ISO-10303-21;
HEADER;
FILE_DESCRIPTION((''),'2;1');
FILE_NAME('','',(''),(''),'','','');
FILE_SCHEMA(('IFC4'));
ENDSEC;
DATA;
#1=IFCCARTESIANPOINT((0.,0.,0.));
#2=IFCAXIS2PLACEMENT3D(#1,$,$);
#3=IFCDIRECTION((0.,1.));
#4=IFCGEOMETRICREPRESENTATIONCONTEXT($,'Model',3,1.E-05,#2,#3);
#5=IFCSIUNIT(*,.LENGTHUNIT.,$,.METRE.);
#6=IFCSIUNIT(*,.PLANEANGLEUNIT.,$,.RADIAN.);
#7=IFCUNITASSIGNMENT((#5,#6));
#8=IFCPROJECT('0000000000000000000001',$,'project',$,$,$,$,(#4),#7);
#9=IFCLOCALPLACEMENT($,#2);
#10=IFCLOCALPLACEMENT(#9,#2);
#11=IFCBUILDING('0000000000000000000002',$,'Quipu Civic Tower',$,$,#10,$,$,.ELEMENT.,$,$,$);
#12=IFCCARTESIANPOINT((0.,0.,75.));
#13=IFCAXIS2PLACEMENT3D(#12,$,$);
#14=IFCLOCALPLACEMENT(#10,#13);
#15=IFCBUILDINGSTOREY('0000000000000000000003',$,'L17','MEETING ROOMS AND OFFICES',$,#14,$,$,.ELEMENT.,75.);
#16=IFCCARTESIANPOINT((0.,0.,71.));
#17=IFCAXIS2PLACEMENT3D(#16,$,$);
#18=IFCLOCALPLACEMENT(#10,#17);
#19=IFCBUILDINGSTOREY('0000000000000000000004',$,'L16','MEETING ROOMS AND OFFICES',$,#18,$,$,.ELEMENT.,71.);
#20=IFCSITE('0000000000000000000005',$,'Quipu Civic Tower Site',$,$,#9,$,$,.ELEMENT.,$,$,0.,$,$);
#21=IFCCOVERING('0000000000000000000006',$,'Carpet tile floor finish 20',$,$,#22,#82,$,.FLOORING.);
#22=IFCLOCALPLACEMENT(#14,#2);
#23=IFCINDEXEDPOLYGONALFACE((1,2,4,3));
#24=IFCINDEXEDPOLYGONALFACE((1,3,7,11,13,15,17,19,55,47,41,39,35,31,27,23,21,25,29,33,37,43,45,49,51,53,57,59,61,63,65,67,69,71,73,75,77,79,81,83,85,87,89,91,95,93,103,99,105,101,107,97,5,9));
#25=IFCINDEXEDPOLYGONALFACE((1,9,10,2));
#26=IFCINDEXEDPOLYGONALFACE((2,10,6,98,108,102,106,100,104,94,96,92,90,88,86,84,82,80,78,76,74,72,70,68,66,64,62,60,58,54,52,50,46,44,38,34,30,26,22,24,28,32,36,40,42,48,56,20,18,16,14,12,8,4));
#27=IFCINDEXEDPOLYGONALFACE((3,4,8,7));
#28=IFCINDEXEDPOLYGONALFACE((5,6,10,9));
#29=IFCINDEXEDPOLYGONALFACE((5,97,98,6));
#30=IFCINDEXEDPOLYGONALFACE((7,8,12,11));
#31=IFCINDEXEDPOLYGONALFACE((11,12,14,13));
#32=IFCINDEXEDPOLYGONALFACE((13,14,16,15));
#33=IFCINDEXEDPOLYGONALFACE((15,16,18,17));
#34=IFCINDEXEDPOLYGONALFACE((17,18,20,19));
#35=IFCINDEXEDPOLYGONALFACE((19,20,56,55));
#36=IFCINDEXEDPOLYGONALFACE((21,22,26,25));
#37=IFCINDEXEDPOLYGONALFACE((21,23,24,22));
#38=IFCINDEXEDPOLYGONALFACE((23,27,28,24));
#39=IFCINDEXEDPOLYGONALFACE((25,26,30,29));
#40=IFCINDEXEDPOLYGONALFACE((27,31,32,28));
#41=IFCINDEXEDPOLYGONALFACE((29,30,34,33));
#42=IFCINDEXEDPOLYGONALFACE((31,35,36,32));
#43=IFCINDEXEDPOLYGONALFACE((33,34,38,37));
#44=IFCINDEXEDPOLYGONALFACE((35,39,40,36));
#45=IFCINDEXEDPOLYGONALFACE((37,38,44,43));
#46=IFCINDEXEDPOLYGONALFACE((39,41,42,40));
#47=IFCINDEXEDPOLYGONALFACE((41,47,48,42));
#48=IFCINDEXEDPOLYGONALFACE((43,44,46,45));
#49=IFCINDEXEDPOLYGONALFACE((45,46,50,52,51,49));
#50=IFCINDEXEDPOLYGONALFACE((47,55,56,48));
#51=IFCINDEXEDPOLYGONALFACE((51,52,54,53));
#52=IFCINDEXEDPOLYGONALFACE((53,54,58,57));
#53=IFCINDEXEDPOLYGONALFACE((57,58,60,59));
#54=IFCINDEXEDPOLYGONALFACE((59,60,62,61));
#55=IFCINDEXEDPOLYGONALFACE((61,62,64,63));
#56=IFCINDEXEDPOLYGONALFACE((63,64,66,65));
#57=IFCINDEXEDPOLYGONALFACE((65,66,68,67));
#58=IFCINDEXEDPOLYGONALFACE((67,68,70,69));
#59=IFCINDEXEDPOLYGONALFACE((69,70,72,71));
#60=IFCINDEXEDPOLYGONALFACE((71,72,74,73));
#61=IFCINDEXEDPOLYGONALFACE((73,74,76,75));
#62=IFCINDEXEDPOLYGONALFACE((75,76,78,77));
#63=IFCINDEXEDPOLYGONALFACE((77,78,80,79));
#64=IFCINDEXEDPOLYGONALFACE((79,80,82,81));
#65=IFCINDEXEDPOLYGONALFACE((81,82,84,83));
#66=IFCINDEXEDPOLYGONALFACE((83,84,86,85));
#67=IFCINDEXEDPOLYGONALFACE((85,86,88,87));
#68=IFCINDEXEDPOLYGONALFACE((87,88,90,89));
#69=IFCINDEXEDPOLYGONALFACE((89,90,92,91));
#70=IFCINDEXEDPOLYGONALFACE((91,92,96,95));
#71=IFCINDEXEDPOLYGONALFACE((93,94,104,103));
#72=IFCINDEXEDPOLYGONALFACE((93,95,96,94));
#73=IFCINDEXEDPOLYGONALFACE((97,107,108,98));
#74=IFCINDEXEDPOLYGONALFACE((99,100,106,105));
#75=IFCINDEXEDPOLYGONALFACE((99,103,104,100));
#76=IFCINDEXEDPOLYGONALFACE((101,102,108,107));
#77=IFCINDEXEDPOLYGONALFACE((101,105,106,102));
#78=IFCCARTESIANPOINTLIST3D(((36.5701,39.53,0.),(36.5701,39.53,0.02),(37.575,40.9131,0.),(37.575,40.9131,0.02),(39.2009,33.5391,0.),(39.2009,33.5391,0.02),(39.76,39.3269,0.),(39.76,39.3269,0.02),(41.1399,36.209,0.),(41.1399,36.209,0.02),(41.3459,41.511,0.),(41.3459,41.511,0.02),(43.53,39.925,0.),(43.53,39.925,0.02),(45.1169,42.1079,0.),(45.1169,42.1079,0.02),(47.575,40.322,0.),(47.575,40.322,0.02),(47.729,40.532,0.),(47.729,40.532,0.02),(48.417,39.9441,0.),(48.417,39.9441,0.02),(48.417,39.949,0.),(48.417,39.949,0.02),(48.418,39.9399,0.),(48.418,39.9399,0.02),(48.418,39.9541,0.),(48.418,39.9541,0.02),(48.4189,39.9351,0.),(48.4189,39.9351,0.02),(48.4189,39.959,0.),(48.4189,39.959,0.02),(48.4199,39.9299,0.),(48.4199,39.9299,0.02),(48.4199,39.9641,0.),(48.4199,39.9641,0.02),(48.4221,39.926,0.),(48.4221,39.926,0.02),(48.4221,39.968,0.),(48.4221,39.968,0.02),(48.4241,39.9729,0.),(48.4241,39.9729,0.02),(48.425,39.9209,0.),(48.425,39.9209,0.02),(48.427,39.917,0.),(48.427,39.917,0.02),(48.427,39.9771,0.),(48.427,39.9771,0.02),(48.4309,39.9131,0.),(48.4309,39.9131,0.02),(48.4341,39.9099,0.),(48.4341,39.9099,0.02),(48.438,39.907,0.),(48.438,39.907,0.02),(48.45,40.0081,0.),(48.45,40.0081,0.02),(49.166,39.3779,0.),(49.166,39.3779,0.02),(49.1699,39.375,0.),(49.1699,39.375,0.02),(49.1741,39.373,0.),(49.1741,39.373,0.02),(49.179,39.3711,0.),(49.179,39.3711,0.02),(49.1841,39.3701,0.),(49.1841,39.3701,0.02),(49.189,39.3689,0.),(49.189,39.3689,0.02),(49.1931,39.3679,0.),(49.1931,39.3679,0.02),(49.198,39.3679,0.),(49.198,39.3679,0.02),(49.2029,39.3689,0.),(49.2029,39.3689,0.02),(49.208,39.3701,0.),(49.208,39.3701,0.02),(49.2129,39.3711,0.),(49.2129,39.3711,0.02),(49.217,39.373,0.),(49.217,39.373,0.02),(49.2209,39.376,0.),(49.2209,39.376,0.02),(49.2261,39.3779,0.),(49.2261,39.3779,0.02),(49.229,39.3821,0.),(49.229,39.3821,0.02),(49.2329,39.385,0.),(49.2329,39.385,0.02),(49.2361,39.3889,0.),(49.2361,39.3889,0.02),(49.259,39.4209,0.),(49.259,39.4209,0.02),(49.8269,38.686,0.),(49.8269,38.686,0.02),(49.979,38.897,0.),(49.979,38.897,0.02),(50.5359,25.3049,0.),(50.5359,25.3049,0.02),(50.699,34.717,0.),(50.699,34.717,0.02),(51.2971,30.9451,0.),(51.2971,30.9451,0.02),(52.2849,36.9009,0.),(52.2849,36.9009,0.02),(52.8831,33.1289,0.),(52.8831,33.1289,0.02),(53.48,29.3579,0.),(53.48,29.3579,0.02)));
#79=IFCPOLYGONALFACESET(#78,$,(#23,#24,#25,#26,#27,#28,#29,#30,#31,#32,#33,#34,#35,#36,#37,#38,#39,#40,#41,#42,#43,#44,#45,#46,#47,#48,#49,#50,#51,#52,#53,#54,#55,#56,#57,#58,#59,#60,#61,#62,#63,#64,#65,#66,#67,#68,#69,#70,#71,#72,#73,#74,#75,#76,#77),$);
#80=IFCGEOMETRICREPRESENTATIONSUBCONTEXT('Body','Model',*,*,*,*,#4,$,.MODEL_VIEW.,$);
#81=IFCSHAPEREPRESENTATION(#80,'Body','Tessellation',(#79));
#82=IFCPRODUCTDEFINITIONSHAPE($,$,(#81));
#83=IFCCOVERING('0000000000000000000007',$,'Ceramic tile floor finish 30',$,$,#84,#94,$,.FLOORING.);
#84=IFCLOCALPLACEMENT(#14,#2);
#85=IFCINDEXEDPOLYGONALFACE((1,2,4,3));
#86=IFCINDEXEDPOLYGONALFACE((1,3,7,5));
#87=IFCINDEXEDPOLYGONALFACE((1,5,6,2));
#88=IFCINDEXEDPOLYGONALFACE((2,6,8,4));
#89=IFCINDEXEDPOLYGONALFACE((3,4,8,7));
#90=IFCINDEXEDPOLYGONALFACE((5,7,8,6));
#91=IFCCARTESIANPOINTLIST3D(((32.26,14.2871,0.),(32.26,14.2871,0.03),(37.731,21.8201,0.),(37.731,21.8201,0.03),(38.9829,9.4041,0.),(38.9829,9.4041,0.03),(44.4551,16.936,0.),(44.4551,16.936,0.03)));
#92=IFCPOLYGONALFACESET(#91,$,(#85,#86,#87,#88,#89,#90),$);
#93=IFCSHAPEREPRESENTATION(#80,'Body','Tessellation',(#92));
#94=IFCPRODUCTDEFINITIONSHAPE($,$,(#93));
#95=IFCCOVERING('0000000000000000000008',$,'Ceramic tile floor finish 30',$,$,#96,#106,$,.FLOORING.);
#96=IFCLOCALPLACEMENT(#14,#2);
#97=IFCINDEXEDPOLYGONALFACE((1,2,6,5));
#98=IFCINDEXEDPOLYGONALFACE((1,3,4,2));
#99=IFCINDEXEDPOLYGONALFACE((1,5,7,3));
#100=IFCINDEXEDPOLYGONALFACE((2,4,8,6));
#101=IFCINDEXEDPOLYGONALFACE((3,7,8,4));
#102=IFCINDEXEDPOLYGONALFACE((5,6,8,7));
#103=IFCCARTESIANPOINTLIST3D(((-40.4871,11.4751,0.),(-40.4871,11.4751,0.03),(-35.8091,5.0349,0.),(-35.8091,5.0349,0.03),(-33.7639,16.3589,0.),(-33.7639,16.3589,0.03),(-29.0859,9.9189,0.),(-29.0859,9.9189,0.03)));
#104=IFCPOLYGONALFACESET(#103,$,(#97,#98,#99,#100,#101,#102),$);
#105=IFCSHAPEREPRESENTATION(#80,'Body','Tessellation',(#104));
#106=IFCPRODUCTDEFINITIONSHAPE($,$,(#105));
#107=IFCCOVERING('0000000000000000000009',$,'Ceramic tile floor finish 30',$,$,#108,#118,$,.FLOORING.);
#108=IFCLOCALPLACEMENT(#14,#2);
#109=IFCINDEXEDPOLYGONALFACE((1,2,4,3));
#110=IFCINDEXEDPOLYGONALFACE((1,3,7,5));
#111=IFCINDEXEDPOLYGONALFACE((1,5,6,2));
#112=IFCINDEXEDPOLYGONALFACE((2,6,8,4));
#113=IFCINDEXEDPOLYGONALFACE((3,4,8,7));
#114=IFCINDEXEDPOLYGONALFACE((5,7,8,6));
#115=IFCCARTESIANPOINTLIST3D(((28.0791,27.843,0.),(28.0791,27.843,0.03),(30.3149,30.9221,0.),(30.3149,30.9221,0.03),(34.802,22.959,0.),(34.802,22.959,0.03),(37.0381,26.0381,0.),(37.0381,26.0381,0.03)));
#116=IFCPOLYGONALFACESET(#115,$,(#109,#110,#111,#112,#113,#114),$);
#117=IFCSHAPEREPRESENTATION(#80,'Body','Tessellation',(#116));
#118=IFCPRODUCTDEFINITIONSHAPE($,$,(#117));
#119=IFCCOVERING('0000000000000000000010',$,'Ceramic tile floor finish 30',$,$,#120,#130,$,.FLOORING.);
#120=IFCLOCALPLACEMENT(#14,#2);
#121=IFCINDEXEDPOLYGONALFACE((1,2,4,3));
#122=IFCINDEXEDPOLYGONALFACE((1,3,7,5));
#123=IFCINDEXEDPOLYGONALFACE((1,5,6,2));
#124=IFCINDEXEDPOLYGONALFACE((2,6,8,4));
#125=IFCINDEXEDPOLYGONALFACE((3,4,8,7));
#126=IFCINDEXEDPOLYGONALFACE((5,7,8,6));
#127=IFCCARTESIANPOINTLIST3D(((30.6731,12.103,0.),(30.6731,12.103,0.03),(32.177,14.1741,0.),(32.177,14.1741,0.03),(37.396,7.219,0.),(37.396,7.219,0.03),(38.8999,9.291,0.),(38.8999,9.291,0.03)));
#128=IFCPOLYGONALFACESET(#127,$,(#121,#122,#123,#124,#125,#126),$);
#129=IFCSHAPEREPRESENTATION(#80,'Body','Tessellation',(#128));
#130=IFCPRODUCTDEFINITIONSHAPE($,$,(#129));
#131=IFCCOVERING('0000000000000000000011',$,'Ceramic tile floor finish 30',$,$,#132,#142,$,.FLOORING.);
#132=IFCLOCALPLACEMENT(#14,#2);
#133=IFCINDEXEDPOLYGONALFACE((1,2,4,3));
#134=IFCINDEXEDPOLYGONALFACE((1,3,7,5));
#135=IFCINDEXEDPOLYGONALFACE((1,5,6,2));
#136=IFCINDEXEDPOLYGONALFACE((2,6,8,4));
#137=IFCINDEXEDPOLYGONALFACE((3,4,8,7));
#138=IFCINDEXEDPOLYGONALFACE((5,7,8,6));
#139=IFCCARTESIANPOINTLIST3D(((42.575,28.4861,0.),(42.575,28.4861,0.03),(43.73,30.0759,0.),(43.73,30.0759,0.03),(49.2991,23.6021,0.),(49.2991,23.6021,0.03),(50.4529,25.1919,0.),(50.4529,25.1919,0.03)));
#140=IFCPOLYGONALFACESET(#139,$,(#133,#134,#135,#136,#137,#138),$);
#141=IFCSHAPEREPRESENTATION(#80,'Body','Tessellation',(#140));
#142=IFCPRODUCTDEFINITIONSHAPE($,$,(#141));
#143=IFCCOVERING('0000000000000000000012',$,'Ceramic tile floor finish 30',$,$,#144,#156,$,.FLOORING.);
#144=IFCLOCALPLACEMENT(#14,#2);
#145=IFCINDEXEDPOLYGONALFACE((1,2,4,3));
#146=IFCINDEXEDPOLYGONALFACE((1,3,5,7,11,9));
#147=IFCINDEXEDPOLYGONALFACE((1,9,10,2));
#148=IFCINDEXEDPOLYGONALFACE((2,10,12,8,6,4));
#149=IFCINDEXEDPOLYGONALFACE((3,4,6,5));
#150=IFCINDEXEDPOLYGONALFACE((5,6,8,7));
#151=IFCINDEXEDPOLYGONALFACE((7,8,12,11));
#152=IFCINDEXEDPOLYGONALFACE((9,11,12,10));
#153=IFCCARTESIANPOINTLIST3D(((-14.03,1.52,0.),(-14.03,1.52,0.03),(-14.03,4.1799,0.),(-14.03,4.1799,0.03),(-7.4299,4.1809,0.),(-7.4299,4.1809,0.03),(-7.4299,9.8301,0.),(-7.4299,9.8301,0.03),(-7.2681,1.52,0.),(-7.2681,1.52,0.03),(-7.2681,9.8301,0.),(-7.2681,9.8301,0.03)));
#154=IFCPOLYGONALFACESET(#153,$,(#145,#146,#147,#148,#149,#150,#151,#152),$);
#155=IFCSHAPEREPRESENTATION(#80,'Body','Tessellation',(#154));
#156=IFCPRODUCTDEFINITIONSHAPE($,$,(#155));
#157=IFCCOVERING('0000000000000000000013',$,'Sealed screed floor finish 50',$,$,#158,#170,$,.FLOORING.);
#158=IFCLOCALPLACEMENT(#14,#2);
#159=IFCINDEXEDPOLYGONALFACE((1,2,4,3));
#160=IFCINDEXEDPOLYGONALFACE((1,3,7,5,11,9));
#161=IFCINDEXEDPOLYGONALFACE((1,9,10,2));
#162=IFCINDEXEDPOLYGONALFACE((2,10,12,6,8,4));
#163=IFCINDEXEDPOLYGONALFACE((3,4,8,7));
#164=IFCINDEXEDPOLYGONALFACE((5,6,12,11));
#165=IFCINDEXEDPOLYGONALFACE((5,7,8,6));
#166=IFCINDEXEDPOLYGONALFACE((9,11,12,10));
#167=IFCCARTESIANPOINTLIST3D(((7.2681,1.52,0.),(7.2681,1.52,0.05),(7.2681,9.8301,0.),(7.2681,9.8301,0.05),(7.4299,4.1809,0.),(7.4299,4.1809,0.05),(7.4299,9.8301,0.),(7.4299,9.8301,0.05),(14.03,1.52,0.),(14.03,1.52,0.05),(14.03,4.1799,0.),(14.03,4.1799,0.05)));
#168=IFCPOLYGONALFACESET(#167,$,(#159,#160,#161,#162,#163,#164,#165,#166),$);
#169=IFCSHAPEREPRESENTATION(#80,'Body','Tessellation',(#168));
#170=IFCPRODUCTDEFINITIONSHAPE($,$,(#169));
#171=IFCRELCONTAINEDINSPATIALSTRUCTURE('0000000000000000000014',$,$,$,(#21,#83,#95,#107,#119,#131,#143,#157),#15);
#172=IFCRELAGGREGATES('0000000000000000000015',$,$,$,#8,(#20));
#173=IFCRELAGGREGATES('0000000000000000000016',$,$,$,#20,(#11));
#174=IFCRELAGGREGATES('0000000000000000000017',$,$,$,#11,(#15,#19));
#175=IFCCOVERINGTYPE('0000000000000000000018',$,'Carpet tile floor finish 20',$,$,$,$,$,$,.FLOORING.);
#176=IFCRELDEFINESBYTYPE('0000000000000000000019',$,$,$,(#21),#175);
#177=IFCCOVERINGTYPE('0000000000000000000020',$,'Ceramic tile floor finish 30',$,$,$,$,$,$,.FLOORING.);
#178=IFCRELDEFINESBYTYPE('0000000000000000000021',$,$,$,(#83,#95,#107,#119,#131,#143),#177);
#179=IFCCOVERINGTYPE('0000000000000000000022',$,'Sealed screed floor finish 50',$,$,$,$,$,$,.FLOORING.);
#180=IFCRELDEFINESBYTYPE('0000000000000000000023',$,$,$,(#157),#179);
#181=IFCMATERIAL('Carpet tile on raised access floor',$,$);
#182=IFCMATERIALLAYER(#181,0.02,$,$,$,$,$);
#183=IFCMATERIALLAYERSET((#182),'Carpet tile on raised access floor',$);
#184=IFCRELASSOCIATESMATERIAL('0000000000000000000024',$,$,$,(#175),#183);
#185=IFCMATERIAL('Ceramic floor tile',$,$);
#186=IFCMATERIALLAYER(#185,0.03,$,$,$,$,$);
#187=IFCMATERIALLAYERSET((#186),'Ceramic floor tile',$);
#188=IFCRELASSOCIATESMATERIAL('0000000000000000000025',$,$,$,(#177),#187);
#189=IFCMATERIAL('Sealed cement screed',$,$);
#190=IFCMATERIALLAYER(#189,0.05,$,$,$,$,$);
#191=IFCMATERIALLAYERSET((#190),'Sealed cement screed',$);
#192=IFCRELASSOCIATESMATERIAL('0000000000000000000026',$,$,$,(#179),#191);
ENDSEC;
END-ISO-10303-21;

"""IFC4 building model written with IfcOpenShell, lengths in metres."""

from ifc_helpers import new_model, si_unit, direction, frame, origin, place, context, subcontext, project, spatial, polyline, outline, extrude, material, layer, layer_set, type_object, element, save


model = new_model("IFC4")

# Units and contexts
model_context = context("Model", 3, precision=1e-05, world=origin(), true_north=direction((0.0, 1.0)))
body_context = subcontext(model_context, "Body", "Model", "MODEL_VIEW")
ifc_project = project(units=[si_unit("LENGTHUNIT", "METRE"), si_unit("PLANEANGLEUNIT", "RADIAN")], contexts=[model_context])

# Site, building, storey
site_placement = place(None, origin())
site = spatial("IfcSite", under=ifc_project, at=site_placement, Name="Quipu Civic Tower Site", CompositionType="ELEMENT", RefElevation=0.0)
building_placement = place(site_placement, origin())
building = spatial("IfcBuilding", under=site, at=building_placement, Name="Quipu Civic Tower", CompositionType="ELEMENT")
storey_1_placement = place(building_placement, frame((0.0, 0.0, 75.0)))
storey_1 = spatial("IfcBuildingStorey", under=building, at=storey_1_placement, Name="L17", Description="MEETING ROOMS AND OFFICES", CompositionType="ELEMENT", Elevation=75.0)

# Shared definitions
storey_2_placement = place(building_placement, frame((0.0, 0.0, 71.0)))
storey_2 = spatial("IfcBuildingStorey", under=building, at=storey_2_placement, Name="L16", Description="MEETING ROOMS AND OFFICES", CompositionType="ELEMENT", Elevation=71.0)

# Coverings
ifc_material_1 = material(Name="Carpet tile on raised access floor")
ifc_layer_1 = layer(ifc_material_1, 0.02)
ifc_layer_set_1 = layer_set([ifc_layer_1], Name="Carpet tile on raised access floor")
covering_type_1 = type_object("IfcCoveringType", Name="Carpet tile floor finish 20", PredefinedType="FLOORING", material=ifc_layer_set_1)
covering_1_placement = place(storey_1_placement, origin())
element("IfcCovering", 1, at=covering_1_placement, inside=storey_1, type_object=covering_type_1, Name="Carpet tile floor finish 20", PredefinedType="FLOORING", context=body_context, shape_type="SweptSolid", body=[
    extrude(outline(polyline([(36.5701, 39.53), (37.575, 40.9131), (39.76, 39.3269), (41.3459, 41.511), (43.53, 39.925), (45.1169, 42.1079), (47.575, 40.322), (47.729, 40.532), (48.45, 40.0081), (48.427, 39.9771), (48.4241, 39.9729), (48.4221, 39.968), (48.4199, 39.9641), (48.4189, 39.959), (48.418, 39.9541), (48.417, 39.949), (48.417, 39.9441), (48.418, 39.9399), (48.4189, 39.9351), (48.4199, 39.9299), (48.4221, 39.926), (48.425, 39.9209), (48.427, 39.917), (48.4309, 39.9131), (48.4341, 39.9099), (48.438, 39.907), (49.166, 39.3779), (49.1699, 39.375), (49.1741, 39.373), (49.179, 39.3711), (49.1841, 39.3701), (49.189, 39.3689), (49.1931, 39.3679), (49.198, 39.3679), (49.2029, 39.3689), (49.208, 39.3701), (49.2129, 39.3711), (49.217, 39.373), (49.2209, 39.376), (49.2261, 39.3779), (49.229, 39.3821), (49.2329, 39.385), (49.2361, 39.3889), (49.259, 39.4209), (49.979, 38.897), (49.8269, 38.686), (52.2849, 36.9009), (50.699, 34.717), (52.8831, 33.1289), (51.2971, 30.9451), (53.48, 29.3579), (50.5359, 25.3049), (39.2009, 33.5391), (41.1399, 36.209), (36.5701, 39.53)])), origin(), (0.0, 0.0, 1.0), 0.02),
])
ifc_material_2 = material(Name="Ceramic floor tile")
ifc_layer_2 = layer(ifc_material_2, 0.03)
ifc_layer_set_2 = layer_set([ifc_layer_2], Name="Ceramic floor tile")
covering_type_2 = type_object("IfcCoveringType", Name="Ceramic tile floor finish 30", PredefinedType="FLOORING", material=ifc_layer_set_2)
covering_2_placement = place(storey_1_placement, origin())
element("IfcCovering", 2, at=covering_2_placement, inside=storey_1, type_object=covering_type_2, Name="Ceramic tile floor finish 30", PredefinedType="FLOORING", context=body_context, shape_type="SweptSolid", body=[
    extrude(outline(polyline([(32.26, 14.2871), (37.731, 21.8201), (44.4551, 16.936), (38.9829, 9.4041), (32.26, 14.2871)])), origin(), (0.0, 0.0, 1.0), 0.03),
])
covering_3_placement = place(storey_1_placement, origin())
element("IfcCovering", 3, at=covering_3_placement, inside=storey_1, type_object=covering_type_2, Name="Ceramic tile floor finish 30", PredefinedType="FLOORING", context=body_context, shape_type="SweptSolid", body=[
    extrude(outline(polyline([(-40.4871, 11.4751), (-33.7639, 16.3589), (-29.0859, 9.9189), (-35.8091, 5.0349), (-40.4871, 11.4751)])), origin(), (0.0, 0.0, 1.0), 0.03),
])
covering_4_placement = place(storey_1_placement, origin())
element("IfcCovering", 4, at=covering_4_placement, inside=storey_1, type_object=covering_type_2, Name="Ceramic tile floor finish 30", PredefinedType="FLOORING", context=body_context, shape_type="SweptSolid", body=[
    extrude(outline(polyline([(28.0791, 27.843), (30.3149, 30.9221), (37.0381, 26.0381), (34.802, 22.959), (28.0791, 27.843)])), origin(), (0.0, 0.0, 1.0), 0.03),
])
covering_5_placement = place(storey_1_placement, origin())
element("IfcCovering", 5, at=covering_5_placement, inside=storey_1, type_object=covering_type_2, Name="Ceramic tile floor finish 30", PredefinedType="FLOORING", context=body_context, shape_type="SweptSolid", body=[
    extrude(outline(polyline([(30.6731, 12.103), (32.177, 14.1741), (38.8999, 9.291), (37.396, 7.219), (30.6731, 12.103)])), origin(), (0.0, 0.0, 1.0), 0.03),
])
covering_6_placement = place(storey_1_placement, origin())
element("IfcCovering", 6, at=covering_6_placement, inside=storey_1, type_object=covering_type_2, Name="Ceramic tile floor finish 30", PredefinedType="FLOORING", context=body_context, shape_type="SweptSolid", body=[
    extrude(outline(polyline([(42.575, 28.4861), (43.73, 30.0759), (50.4529, 25.1919), (49.2991, 23.6021), (42.575, 28.4861)])), origin(), (0.0, 0.0, 1.0), 0.03),
])
covering_7_placement = place(storey_1_placement, origin())
element("IfcCovering", 7, at=covering_7_placement, inside=storey_1, type_object=covering_type_2, Name="Ceramic tile floor finish 30", PredefinedType="FLOORING", context=body_context, shape_type="SweptSolid", body=[
    extrude(outline(polyline([(-14.03, 1.52), (-14.03, 4.1799), (-7.4299, 4.1809), (-7.4299, 9.8301), (-7.2681, 9.8301), (-7.2681, 1.52), (-14.03, 1.52)])), origin(), (0.0, 0.0, 1.0), 0.03),
])
ifc_material_3 = material(Name="Sealed cement screed")
ifc_layer_3 = layer(ifc_material_3, 0.05)
ifc_layer_set_3 = layer_set([ifc_layer_3], Name="Sealed cement screed")
covering_type_3 = type_object("IfcCoveringType", Name="Sealed screed floor finish 50", PredefinedType="FLOORING", material=ifc_layer_set_3)
covering_8_placement = place(storey_1_placement, origin())
element("IfcCovering", 8, at=covering_8_placement, inside=storey_1, type_object=covering_type_3, Name="Sealed screed floor finish 50", PredefinedType="FLOORING", context=body_context, shape_type="SweptSolid", body=[
    extrude(outline(polyline([(7.2681, 1.52), (7.2681, 9.8301), (7.4299, 9.8301), (7.4299, 4.1809), (14.03, 4.1799), (14.03, 1.52), (7.2681, 1.52)])), origin(), (0.0, 0.0, 1.0), 0.05),
])

save(model, "model.ifc")
